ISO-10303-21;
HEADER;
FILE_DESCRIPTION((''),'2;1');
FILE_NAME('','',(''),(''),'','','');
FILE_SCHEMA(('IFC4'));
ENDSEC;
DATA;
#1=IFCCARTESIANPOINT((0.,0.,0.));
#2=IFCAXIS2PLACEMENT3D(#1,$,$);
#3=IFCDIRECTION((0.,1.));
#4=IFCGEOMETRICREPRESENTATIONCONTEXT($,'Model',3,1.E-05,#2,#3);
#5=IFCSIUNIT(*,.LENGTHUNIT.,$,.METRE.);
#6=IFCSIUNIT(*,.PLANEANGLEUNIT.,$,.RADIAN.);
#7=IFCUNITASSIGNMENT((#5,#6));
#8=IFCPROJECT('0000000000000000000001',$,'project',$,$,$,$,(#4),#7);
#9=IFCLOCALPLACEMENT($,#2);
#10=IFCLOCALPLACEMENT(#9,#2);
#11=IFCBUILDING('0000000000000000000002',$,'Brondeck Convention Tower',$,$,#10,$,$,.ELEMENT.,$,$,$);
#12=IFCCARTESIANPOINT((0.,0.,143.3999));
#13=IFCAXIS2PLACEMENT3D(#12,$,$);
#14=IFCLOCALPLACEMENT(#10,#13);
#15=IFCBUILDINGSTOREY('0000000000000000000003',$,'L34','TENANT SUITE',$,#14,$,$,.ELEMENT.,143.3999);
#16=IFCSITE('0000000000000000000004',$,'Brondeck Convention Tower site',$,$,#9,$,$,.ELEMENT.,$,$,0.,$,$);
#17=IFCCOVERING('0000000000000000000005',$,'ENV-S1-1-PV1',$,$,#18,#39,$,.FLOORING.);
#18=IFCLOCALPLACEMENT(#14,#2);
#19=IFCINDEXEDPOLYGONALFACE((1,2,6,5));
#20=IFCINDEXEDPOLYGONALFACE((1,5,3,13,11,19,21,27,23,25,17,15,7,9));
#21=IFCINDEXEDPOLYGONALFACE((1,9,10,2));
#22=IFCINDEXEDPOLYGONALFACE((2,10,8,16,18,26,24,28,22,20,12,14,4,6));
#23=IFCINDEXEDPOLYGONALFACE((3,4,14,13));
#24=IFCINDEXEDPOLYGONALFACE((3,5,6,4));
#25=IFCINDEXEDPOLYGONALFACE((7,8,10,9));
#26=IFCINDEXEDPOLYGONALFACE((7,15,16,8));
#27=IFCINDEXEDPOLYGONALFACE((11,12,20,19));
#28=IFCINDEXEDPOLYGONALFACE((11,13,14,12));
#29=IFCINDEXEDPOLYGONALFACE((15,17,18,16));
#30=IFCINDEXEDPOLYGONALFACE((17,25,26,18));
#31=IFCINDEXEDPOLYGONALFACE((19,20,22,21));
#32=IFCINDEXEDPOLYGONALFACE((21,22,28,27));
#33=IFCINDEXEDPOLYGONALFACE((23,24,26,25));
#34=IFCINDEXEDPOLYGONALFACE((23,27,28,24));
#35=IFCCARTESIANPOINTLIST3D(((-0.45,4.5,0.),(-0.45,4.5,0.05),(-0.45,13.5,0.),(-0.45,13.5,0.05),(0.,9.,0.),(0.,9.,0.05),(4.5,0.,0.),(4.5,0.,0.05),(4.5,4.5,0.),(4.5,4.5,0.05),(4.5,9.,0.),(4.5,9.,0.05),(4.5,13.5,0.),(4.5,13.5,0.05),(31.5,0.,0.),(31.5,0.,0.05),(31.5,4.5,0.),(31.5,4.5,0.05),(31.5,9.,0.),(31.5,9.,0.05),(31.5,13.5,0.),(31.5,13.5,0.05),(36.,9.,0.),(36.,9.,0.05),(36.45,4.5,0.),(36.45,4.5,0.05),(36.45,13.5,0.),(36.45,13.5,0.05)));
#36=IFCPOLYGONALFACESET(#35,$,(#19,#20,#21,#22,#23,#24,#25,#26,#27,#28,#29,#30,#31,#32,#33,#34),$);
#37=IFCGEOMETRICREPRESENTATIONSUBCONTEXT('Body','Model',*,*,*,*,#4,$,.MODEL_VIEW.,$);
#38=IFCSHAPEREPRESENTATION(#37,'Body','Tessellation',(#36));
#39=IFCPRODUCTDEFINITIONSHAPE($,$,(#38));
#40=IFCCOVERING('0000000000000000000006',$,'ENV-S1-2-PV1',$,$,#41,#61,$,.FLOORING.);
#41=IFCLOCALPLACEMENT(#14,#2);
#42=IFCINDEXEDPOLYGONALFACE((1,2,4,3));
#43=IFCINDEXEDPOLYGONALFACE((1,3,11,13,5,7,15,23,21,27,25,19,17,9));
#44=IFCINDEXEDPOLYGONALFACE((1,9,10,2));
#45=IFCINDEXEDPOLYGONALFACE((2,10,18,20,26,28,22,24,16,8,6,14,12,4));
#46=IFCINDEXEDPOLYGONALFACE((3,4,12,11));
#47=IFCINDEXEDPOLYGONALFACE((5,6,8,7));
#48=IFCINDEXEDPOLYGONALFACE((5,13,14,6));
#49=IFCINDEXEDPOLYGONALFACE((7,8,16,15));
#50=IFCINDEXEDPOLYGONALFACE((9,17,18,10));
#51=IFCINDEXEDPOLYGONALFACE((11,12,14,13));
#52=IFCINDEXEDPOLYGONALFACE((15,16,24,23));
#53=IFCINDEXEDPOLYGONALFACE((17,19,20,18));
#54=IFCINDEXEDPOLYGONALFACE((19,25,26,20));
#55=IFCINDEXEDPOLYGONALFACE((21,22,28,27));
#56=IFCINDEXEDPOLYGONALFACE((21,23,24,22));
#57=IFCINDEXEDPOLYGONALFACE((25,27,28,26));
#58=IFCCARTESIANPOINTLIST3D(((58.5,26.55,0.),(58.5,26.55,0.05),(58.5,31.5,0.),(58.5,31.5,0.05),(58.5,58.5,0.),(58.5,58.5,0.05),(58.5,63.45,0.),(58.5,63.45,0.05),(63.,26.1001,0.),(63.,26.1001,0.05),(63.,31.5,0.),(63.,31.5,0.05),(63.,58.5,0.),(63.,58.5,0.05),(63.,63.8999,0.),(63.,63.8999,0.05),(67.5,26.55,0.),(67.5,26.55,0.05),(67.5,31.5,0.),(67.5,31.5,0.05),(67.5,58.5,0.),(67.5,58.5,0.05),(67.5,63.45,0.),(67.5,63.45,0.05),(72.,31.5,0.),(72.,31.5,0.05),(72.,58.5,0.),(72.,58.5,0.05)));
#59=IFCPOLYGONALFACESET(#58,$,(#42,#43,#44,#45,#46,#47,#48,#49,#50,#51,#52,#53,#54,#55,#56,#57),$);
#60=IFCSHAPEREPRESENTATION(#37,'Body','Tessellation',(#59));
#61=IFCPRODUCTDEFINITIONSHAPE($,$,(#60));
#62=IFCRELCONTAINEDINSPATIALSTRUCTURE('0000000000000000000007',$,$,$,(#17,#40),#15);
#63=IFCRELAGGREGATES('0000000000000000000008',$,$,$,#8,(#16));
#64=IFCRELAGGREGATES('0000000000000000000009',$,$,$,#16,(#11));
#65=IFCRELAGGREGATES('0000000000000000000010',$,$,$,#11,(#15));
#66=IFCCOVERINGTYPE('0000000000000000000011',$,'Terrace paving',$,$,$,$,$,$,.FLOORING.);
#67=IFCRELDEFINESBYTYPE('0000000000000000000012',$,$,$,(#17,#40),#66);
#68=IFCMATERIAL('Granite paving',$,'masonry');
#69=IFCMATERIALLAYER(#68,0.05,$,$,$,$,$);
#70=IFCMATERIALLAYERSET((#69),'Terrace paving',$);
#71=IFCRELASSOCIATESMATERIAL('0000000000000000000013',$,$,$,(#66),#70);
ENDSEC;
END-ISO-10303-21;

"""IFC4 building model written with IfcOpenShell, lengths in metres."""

from ifc_helpers import new_model, si_unit, direction, frame, origin, place, context, subcontext, project, spatial, polyline, outline, extrude, material, layer, layer_set, type_object, element, save


model = new_model("IFC4")

# Units and contexts
model_context = context("Model", 3, precision=1e-05, world=origin(), true_north=direction((0.0, 1.0)))
body_context = subcontext(model_context, "Body", "Model", "MODEL_VIEW")
ifc_project = project(units=[si_unit("LENGTHUNIT", "METRE"), si_unit("PLANEANGLEUNIT", "RADIAN")], contexts=[model_context])

# Site, building, storey
site_placement = place(None, origin())
site = spatial("IfcSite", under=ifc_project, at=site_placement, Name="Brondeck Convention Tower site", CompositionType="ELEMENT", RefElevation=0.0)
building_placement = place(site_placement, origin())
building = spatial("IfcBuilding", under=site, at=building_placement, Name="Brondeck Convention Tower", CompositionType="ELEMENT")
storey_placement = place(building_placement, frame((0.0, 0.0, 143.3999)))
storey = spatial("IfcBuildingStorey", under=building, at=storey_placement, Name="L34", Description="TENANT SUITE", CompositionType="ELEMENT", Elevation=143.3999)

# Coverings
ifc_material_1 = material(Name="Granite paving", Category="masonry")
ifc_layer_1 = layer(ifc_material_1, 0.05)
ifc_layer_set_1 = layer_set([ifc_layer_1], Name="Terrace paving")
covering_type_1 = type_object("IfcCoveringType", Name="Terrace paving", PredefinedType="FLOORING", material=ifc_layer_set_1)
covering_1_placement = place(storey_placement, origin())
element("IfcCovering", 1, at=covering_1_placement, inside=storey, type_object=covering_type_1, Name="ENV-S1-1-PV1", PredefinedType="FLOORING", context=body_context, shape_type="SweptSolid", body=[
    extrude(outline(polyline([(36.0, 9.0), (36.45, 13.5), (31.5, 13.5), (31.5, 9.0), (4.5, 9.0), (4.5, 13.5), (-0.45, 13.5), (0.0, 9.0), (-0.45, 4.5), (4.5, 4.5), (4.5, 0.0), (31.5, 0.0), (31.5, 4.5), (36.45, 4.5), (36.0, 9.0)])), origin(), (0.0, 0.0, 1.0), 0.05),
])
covering_2_placement = place(storey_placement, origin())
element("IfcCovering", 2, at=covering_2_placement, inside=storey, type_object=covering_type_1, Name="ENV-S1-2-PV1", PredefinedType="FLOORING", context=body_context, shape_type="SweptSolid", body=[
    extrude(outline(polyline([(63.0, 63.8999), (58.5, 63.45), (58.5, 58.5), (63.0, 58.5), (63.0, 31.5), (58.5, 31.5), (58.5, 26.55), (63.0, 26.1001), (67.5, 26.55), (67.5, 31.5), (72.0, 31.5), (72.0, 58.5), (67.5, 58.5), (67.5, 63.45), (63.0, 63.8999)])), origin(), (0.0, 0.0, 1.0), 0.05),
])

save(model, "model.ifc")
